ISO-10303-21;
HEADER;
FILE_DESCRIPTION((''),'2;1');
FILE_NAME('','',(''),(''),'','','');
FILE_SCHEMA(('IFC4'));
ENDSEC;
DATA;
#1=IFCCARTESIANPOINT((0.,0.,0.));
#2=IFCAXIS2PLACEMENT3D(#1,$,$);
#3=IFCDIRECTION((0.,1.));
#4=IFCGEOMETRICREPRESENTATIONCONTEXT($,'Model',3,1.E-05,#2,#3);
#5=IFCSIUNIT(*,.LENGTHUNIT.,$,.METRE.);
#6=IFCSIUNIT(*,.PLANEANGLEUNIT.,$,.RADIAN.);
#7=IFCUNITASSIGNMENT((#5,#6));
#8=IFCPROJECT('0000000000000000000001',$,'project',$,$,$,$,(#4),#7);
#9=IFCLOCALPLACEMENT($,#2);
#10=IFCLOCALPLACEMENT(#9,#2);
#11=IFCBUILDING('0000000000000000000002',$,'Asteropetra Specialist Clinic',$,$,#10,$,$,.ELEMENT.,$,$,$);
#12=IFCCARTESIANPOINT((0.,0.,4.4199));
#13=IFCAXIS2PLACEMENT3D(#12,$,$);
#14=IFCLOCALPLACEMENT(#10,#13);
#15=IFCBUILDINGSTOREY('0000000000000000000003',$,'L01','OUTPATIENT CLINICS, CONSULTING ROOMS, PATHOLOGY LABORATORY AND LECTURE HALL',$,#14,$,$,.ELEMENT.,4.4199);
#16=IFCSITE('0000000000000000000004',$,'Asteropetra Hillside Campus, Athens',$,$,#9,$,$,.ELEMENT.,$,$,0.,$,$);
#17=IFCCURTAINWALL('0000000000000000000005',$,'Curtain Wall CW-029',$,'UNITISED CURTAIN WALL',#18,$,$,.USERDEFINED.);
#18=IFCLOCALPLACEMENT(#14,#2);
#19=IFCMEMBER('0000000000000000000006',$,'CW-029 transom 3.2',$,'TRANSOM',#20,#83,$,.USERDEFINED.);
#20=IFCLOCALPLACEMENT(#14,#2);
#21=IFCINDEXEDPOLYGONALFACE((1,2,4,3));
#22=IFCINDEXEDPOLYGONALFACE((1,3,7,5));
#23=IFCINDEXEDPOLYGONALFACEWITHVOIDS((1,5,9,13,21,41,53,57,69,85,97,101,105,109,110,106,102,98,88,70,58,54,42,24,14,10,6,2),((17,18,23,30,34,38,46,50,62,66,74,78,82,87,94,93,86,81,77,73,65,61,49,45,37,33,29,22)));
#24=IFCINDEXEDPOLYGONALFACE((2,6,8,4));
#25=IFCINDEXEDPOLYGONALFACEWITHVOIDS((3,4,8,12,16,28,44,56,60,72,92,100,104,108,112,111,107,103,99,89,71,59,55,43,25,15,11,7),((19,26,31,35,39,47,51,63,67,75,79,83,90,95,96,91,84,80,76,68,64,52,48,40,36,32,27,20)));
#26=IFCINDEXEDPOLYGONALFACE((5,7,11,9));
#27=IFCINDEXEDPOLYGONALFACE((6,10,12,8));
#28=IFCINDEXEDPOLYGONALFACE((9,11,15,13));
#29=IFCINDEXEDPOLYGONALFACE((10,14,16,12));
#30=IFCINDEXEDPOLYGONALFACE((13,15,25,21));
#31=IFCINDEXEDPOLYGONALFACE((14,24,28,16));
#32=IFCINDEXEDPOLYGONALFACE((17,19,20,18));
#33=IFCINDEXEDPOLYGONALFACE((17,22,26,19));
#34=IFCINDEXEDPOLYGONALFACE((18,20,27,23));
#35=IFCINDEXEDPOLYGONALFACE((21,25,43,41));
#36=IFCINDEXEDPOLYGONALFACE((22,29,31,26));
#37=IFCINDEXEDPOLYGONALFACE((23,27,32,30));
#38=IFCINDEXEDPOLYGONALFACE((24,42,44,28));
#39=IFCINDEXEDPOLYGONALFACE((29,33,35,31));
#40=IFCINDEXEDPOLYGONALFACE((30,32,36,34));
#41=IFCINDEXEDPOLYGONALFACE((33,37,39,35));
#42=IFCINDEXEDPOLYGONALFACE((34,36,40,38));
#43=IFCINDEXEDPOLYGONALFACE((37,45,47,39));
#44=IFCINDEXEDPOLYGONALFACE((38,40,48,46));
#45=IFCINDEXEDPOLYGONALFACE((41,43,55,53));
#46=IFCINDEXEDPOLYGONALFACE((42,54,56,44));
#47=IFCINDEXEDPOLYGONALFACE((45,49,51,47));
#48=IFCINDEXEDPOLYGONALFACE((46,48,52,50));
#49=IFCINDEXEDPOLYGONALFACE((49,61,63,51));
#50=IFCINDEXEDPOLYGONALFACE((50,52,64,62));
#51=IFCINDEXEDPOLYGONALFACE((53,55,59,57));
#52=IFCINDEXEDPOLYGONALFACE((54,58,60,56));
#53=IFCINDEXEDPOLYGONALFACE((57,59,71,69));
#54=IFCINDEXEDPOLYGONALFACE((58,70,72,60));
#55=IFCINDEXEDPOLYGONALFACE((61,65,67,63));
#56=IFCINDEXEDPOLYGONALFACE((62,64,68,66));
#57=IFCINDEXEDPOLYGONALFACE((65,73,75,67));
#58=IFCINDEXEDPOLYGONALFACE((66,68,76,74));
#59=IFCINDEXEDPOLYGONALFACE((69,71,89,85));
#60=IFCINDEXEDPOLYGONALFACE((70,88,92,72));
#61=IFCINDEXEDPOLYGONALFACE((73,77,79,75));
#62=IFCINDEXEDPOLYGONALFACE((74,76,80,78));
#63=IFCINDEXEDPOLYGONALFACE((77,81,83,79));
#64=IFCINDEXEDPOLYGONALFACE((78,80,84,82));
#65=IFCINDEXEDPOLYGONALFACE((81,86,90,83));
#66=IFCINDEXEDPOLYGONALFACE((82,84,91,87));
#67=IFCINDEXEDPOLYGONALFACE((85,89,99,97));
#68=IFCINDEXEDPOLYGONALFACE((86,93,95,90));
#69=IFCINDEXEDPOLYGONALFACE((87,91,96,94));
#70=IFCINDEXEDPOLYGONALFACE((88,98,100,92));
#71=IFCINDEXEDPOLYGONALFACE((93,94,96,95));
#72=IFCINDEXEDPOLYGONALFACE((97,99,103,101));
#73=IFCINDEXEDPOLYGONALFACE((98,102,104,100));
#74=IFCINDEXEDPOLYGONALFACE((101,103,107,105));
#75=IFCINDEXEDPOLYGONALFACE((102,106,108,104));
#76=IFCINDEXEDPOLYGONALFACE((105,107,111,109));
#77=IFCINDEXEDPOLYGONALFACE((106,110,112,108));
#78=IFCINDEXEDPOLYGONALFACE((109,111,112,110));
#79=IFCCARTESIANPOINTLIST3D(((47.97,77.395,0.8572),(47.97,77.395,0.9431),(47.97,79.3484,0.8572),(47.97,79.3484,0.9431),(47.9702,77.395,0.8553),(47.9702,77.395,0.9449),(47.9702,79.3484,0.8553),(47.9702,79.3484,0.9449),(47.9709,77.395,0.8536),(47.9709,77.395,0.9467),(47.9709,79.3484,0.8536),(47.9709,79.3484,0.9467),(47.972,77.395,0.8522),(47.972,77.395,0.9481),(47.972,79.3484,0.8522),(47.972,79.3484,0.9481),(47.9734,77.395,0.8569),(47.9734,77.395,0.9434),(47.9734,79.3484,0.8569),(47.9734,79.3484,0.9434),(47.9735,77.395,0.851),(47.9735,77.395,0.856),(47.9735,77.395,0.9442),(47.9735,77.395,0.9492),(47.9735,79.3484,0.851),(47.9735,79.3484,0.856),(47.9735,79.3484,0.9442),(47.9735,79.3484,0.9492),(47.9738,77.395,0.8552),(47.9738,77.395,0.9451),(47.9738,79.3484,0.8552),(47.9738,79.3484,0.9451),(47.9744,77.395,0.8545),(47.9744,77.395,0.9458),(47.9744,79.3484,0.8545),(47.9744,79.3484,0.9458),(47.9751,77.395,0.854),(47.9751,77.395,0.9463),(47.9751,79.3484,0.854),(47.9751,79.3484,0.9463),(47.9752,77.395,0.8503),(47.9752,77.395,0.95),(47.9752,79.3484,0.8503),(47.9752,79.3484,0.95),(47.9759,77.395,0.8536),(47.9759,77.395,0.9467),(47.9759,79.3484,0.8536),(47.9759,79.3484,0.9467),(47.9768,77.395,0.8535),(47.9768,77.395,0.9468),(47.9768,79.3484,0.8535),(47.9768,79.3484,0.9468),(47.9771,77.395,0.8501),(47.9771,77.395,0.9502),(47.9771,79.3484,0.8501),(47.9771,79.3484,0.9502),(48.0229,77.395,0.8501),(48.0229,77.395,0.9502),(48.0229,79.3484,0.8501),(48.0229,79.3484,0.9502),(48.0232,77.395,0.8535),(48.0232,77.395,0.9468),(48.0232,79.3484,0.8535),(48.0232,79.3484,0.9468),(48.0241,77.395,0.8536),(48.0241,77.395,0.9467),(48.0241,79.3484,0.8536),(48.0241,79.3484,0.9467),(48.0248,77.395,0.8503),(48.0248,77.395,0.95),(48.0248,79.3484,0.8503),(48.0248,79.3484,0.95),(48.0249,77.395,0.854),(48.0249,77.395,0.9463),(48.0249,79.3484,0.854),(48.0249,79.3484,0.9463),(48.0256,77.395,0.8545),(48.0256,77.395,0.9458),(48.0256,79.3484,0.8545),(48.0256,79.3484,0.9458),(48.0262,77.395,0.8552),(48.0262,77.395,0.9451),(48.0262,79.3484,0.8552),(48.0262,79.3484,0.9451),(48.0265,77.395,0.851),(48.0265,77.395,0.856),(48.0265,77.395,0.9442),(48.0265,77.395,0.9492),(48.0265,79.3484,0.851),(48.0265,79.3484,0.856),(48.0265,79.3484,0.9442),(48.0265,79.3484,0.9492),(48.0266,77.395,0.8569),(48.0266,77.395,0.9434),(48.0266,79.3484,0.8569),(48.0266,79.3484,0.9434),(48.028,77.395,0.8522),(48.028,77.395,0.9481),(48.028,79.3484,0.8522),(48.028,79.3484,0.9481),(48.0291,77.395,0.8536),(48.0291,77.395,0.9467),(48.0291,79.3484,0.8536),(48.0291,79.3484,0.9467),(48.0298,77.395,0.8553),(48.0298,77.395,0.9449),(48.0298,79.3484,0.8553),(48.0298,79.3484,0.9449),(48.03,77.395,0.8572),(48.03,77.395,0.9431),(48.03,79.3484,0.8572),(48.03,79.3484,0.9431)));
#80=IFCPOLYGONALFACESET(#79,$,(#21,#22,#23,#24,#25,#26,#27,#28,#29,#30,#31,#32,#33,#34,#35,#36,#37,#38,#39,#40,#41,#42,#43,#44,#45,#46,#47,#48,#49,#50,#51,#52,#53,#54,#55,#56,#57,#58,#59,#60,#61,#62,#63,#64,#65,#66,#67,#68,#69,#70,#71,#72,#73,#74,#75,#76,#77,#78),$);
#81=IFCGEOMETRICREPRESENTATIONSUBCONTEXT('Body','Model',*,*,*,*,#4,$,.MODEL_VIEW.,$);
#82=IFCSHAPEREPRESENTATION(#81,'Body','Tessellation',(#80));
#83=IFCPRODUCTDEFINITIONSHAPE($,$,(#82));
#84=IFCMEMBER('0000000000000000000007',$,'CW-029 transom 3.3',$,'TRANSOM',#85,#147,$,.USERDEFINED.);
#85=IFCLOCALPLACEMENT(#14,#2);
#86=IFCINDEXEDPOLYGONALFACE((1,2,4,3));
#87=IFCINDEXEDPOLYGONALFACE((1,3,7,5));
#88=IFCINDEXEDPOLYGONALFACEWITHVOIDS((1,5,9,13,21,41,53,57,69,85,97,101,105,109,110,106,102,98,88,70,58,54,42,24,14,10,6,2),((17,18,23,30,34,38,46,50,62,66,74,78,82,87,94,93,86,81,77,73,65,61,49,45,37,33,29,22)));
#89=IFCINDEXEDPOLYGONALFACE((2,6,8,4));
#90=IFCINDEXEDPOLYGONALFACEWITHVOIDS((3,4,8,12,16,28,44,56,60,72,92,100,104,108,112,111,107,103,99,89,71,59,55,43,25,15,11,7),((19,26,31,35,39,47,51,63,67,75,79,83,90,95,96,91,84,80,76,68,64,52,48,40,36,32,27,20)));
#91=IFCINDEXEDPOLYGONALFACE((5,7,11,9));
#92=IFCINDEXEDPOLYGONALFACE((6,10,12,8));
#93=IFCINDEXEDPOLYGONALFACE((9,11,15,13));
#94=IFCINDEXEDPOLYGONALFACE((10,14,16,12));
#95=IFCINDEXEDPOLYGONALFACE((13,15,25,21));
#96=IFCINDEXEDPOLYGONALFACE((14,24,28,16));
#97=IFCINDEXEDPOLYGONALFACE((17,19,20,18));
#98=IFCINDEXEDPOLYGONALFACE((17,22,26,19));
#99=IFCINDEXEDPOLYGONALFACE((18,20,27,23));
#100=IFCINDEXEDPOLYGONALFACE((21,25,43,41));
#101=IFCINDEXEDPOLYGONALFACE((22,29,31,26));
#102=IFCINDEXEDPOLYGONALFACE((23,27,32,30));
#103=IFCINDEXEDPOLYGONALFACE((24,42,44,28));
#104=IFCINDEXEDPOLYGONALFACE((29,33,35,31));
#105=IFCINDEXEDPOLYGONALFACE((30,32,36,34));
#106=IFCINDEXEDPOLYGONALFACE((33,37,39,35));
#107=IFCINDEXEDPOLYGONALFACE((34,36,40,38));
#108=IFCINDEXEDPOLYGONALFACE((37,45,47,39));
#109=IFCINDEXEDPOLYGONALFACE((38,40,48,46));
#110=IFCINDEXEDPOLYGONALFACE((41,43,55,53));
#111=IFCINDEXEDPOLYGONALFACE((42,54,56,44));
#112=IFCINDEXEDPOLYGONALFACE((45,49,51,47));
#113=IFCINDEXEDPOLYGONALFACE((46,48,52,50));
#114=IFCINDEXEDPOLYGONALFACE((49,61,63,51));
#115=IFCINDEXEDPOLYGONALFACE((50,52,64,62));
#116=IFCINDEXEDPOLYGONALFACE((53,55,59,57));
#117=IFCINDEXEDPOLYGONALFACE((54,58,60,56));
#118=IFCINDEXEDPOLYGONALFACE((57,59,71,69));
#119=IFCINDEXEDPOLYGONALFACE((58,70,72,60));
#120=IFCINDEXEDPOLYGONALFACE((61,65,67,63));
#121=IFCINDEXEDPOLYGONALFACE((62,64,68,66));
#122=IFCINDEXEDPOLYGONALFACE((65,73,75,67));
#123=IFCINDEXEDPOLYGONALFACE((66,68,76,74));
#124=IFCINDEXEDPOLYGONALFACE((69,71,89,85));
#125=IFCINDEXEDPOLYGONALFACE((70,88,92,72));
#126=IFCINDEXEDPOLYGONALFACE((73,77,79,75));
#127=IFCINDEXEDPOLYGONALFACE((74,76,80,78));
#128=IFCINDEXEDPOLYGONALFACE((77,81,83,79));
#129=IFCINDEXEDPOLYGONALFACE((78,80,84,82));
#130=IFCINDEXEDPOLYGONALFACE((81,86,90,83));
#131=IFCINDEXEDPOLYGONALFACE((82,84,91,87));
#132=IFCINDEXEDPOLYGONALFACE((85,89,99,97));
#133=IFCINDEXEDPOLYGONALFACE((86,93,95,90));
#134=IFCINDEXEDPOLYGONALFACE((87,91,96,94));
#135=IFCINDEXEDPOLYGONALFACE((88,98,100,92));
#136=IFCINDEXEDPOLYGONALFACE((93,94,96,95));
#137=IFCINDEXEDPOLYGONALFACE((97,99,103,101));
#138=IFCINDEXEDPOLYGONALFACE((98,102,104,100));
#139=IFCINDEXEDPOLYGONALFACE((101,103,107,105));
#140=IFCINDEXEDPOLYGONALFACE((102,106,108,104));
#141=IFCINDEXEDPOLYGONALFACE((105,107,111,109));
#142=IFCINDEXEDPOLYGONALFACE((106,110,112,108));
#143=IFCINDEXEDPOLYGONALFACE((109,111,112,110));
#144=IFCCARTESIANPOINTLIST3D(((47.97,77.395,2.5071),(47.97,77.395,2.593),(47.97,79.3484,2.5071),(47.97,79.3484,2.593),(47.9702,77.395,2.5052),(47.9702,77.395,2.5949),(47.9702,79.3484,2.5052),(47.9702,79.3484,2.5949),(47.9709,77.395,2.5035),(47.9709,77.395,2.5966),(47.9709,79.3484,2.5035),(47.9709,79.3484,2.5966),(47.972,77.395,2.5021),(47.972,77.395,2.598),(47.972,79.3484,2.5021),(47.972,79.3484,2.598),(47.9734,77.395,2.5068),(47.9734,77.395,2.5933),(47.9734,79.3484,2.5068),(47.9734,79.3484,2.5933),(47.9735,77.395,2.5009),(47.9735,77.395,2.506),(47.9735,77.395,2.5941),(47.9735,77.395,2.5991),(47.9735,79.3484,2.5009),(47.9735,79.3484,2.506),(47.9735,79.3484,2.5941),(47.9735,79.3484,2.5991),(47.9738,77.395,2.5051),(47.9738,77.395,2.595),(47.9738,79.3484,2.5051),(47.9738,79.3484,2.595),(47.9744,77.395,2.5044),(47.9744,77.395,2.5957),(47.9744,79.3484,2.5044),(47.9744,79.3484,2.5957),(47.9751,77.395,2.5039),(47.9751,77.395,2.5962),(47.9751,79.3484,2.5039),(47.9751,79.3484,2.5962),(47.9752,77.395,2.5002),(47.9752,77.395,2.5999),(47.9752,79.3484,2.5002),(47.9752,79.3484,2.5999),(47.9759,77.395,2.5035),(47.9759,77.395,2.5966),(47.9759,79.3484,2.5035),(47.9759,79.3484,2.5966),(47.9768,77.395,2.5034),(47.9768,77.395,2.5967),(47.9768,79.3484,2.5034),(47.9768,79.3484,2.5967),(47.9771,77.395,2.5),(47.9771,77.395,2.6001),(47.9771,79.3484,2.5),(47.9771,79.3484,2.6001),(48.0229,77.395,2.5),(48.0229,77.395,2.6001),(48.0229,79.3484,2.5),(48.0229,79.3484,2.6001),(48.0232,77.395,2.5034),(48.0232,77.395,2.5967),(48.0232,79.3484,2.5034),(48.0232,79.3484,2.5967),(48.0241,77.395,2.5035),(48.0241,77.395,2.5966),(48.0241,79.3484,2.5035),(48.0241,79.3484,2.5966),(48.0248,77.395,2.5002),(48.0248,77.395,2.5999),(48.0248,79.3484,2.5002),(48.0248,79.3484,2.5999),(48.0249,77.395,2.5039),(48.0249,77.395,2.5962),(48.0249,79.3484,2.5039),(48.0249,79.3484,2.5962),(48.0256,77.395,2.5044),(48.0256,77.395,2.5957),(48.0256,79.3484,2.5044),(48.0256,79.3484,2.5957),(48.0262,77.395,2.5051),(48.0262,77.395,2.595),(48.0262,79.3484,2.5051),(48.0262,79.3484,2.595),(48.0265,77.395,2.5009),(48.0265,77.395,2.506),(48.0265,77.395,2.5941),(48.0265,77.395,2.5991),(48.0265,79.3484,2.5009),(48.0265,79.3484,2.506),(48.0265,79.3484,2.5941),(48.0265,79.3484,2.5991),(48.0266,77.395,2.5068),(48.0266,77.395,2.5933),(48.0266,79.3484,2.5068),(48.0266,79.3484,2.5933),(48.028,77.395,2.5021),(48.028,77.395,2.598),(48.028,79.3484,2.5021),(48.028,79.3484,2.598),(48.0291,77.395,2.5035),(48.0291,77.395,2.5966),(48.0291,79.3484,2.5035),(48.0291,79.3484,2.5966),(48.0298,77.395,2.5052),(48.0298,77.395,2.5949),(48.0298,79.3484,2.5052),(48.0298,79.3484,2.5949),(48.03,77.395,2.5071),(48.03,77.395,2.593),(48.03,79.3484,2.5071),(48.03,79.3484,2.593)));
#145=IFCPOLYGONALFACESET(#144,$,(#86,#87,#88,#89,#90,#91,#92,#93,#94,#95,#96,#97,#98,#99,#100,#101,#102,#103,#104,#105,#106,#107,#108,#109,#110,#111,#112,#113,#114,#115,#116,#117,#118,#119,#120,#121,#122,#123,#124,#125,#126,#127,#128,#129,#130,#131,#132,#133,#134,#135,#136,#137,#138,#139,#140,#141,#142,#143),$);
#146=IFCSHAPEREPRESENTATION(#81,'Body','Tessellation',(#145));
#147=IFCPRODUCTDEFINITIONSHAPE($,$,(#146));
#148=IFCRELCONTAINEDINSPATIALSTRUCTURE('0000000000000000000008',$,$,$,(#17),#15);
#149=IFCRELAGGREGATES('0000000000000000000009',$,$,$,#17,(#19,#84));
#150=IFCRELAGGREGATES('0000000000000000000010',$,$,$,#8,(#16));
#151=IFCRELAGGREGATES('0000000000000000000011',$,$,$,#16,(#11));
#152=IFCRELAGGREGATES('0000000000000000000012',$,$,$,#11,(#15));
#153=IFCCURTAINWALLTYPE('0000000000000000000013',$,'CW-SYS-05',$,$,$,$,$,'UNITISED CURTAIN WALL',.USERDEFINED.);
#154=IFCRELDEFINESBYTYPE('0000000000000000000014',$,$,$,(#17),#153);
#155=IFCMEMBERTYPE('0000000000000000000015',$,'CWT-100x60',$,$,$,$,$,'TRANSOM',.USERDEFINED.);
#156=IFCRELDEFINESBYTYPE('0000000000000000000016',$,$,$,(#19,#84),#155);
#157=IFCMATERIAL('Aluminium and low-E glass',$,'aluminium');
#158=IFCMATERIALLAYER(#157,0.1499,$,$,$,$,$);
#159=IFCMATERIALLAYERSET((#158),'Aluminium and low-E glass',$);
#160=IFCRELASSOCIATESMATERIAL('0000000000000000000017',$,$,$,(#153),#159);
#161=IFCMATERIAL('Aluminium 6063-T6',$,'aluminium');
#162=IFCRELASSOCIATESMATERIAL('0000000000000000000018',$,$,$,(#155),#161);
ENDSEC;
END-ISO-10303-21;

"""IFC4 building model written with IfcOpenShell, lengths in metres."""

from ifc_helpers import new_model, si_unit, direction, frame, origin, origin_2d, place, context, subcontext, project, spatial, hollow_rectangle, extrude, material, layer, layer_set, material_profile, profile_set, type_object, element, aggregate, save


model = new_model("IFC4")

# Units and contexts
model_context = context("Model", 3, precision=1e-05, world=origin(), true_north=direction((0.0, 1.0)))
body_context = subcontext(model_context, "Body", "Model", "MODEL_VIEW")
ifc_project = project(units=[si_unit("LENGTHUNIT", "METRE"), si_unit("PLANEANGLEUNIT", "RADIAN")], contexts=[model_context])

# Site, building, storey
site_placement = place(None, origin())
site = spatial("IfcSite", under=ifc_project, at=site_placement, Name="Asteropetra Hillside Campus, Athens", CompositionType="ELEMENT", RefElevation=0.0)
building_placement = place(site_placement, origin())
building = spatial("IfcBuilding", under=site, at=building_placement, Name="Asteropetra Specialist Clinic", CompositionType="ELEMENT")
storey_placement = place(building_placement, frame((0.0, 0.0, 4.4199)))
storey = spatial("IfcBuildingStorey", under=building, at=storey_placement, Name="L01", Description="OUTPATIENT CLINICS, CONSULTING ROOMS, PATHOLOGY LABORATORY AND LECTURE HALL", CompositionType="ELEMENT", Elevation=4.4199)

# Curtain wall
ifc_material_1 = material(Name="Aluminium and low-E glass", Category="aluminium")
ifc_layer_1 = layer(ifc_material_1, 0.1499)
ifc_layer_set_1 = layer_set([ifc_layer_1], Name="Aluminium and low-E glass")
curtain_wall_type_1 = type_object("IfcCurtainWallType", Name="CW-SYS-05", ElementType="UNITISED CURTAIN WALL", PredefinedType="USERDEFINED", material=ifc_layer_set_1)
curtain_wall_1_placement = place(storey_placement, origin())
curtain_wall_1 = element("IfcCurtainWall", 1, at=curtain_wall_1_placement, inside=storey, type_object=curtain_wall_type_1, Name="Curtain Wall CW-029", ObjectType="UNITISED CURTAIN WALL", PredefinedType="USERDEFINED")

# Members
ifc_material_2 = material(Name="Aluminium 6063-T6", Category="aluminium")
ifc_material_profile_1 = material_profile(ifc_material_2, hollow_rectangle(XDim=0.0601, YDim=0.1001, WallThickness=0.0034, InnerFilletRadius=0.0034, OuterFilletRadius=0.0071, at=origin_2d()), Name="TRN 100x60x3.5")
ifc_profile_set_1 = profile_set([ifc_material_profile_1], Name="Aluminium 6063-T6")
member_type_1 = type_object("IfcMemberType", Name="CWT-100x60", ElementType="TRANSOM", PredefinedType="USERDEFINED", material=ifc_profile_set_1)
member_1_placement = place(storey_placement, frame((48.0, 79.3484, 0.9001), z_axis=(0.0, -1.0, 0.0), x_axis=(1.0, 0.0, 0.0)))
member_1 = element("IfcMember", 2, at=member_1_placement, type_object=member_type_1, Name="CW-029 transom 3.2", ObjectType="TRANSOM", PredefinedType="USERDEFINED", context=body_context, shape_type="SweptSolid", body=[
    extrude(hollow_rectangle(XDim=0.0601, YDim=0.1001, WallThickness=0.0034, InnerFilletRadius=0.0034, OuterFilletRadius=0.0071, at=origin_2d()), origin(), (0.0, 0.0, 1.0), 1.9534),
])
member_2_placement = place(storey_placement, frame((48.0, 79.3484, 2.55), z_axis=(0.0, -1.0, 0.0), x_axis=(1.0, 0.0, 0.0)))
member_2 = element("IfcMember", 3, at=member_2_placement, type_object=member_type_1, Name="CW-029 transom 3.3", ObjectType="TRANSOM", PredefinedType="USERDEFINED", context=body_context, shape_type="SweptSolid", body=[
    extrude(hollow_rectangle(XDim=0.0601, YDim=0.1001, WallThickness=0.0034, InnerFilletRadius=0.0034, OuterFilletRadius=0.0071, at=origin_2d()), origin(), (0.0, 0.0, 1.0), 1.9534),
])

aggregate(curtain_wall_1, [member_1, member_2])

save(model, "model.ifc")
